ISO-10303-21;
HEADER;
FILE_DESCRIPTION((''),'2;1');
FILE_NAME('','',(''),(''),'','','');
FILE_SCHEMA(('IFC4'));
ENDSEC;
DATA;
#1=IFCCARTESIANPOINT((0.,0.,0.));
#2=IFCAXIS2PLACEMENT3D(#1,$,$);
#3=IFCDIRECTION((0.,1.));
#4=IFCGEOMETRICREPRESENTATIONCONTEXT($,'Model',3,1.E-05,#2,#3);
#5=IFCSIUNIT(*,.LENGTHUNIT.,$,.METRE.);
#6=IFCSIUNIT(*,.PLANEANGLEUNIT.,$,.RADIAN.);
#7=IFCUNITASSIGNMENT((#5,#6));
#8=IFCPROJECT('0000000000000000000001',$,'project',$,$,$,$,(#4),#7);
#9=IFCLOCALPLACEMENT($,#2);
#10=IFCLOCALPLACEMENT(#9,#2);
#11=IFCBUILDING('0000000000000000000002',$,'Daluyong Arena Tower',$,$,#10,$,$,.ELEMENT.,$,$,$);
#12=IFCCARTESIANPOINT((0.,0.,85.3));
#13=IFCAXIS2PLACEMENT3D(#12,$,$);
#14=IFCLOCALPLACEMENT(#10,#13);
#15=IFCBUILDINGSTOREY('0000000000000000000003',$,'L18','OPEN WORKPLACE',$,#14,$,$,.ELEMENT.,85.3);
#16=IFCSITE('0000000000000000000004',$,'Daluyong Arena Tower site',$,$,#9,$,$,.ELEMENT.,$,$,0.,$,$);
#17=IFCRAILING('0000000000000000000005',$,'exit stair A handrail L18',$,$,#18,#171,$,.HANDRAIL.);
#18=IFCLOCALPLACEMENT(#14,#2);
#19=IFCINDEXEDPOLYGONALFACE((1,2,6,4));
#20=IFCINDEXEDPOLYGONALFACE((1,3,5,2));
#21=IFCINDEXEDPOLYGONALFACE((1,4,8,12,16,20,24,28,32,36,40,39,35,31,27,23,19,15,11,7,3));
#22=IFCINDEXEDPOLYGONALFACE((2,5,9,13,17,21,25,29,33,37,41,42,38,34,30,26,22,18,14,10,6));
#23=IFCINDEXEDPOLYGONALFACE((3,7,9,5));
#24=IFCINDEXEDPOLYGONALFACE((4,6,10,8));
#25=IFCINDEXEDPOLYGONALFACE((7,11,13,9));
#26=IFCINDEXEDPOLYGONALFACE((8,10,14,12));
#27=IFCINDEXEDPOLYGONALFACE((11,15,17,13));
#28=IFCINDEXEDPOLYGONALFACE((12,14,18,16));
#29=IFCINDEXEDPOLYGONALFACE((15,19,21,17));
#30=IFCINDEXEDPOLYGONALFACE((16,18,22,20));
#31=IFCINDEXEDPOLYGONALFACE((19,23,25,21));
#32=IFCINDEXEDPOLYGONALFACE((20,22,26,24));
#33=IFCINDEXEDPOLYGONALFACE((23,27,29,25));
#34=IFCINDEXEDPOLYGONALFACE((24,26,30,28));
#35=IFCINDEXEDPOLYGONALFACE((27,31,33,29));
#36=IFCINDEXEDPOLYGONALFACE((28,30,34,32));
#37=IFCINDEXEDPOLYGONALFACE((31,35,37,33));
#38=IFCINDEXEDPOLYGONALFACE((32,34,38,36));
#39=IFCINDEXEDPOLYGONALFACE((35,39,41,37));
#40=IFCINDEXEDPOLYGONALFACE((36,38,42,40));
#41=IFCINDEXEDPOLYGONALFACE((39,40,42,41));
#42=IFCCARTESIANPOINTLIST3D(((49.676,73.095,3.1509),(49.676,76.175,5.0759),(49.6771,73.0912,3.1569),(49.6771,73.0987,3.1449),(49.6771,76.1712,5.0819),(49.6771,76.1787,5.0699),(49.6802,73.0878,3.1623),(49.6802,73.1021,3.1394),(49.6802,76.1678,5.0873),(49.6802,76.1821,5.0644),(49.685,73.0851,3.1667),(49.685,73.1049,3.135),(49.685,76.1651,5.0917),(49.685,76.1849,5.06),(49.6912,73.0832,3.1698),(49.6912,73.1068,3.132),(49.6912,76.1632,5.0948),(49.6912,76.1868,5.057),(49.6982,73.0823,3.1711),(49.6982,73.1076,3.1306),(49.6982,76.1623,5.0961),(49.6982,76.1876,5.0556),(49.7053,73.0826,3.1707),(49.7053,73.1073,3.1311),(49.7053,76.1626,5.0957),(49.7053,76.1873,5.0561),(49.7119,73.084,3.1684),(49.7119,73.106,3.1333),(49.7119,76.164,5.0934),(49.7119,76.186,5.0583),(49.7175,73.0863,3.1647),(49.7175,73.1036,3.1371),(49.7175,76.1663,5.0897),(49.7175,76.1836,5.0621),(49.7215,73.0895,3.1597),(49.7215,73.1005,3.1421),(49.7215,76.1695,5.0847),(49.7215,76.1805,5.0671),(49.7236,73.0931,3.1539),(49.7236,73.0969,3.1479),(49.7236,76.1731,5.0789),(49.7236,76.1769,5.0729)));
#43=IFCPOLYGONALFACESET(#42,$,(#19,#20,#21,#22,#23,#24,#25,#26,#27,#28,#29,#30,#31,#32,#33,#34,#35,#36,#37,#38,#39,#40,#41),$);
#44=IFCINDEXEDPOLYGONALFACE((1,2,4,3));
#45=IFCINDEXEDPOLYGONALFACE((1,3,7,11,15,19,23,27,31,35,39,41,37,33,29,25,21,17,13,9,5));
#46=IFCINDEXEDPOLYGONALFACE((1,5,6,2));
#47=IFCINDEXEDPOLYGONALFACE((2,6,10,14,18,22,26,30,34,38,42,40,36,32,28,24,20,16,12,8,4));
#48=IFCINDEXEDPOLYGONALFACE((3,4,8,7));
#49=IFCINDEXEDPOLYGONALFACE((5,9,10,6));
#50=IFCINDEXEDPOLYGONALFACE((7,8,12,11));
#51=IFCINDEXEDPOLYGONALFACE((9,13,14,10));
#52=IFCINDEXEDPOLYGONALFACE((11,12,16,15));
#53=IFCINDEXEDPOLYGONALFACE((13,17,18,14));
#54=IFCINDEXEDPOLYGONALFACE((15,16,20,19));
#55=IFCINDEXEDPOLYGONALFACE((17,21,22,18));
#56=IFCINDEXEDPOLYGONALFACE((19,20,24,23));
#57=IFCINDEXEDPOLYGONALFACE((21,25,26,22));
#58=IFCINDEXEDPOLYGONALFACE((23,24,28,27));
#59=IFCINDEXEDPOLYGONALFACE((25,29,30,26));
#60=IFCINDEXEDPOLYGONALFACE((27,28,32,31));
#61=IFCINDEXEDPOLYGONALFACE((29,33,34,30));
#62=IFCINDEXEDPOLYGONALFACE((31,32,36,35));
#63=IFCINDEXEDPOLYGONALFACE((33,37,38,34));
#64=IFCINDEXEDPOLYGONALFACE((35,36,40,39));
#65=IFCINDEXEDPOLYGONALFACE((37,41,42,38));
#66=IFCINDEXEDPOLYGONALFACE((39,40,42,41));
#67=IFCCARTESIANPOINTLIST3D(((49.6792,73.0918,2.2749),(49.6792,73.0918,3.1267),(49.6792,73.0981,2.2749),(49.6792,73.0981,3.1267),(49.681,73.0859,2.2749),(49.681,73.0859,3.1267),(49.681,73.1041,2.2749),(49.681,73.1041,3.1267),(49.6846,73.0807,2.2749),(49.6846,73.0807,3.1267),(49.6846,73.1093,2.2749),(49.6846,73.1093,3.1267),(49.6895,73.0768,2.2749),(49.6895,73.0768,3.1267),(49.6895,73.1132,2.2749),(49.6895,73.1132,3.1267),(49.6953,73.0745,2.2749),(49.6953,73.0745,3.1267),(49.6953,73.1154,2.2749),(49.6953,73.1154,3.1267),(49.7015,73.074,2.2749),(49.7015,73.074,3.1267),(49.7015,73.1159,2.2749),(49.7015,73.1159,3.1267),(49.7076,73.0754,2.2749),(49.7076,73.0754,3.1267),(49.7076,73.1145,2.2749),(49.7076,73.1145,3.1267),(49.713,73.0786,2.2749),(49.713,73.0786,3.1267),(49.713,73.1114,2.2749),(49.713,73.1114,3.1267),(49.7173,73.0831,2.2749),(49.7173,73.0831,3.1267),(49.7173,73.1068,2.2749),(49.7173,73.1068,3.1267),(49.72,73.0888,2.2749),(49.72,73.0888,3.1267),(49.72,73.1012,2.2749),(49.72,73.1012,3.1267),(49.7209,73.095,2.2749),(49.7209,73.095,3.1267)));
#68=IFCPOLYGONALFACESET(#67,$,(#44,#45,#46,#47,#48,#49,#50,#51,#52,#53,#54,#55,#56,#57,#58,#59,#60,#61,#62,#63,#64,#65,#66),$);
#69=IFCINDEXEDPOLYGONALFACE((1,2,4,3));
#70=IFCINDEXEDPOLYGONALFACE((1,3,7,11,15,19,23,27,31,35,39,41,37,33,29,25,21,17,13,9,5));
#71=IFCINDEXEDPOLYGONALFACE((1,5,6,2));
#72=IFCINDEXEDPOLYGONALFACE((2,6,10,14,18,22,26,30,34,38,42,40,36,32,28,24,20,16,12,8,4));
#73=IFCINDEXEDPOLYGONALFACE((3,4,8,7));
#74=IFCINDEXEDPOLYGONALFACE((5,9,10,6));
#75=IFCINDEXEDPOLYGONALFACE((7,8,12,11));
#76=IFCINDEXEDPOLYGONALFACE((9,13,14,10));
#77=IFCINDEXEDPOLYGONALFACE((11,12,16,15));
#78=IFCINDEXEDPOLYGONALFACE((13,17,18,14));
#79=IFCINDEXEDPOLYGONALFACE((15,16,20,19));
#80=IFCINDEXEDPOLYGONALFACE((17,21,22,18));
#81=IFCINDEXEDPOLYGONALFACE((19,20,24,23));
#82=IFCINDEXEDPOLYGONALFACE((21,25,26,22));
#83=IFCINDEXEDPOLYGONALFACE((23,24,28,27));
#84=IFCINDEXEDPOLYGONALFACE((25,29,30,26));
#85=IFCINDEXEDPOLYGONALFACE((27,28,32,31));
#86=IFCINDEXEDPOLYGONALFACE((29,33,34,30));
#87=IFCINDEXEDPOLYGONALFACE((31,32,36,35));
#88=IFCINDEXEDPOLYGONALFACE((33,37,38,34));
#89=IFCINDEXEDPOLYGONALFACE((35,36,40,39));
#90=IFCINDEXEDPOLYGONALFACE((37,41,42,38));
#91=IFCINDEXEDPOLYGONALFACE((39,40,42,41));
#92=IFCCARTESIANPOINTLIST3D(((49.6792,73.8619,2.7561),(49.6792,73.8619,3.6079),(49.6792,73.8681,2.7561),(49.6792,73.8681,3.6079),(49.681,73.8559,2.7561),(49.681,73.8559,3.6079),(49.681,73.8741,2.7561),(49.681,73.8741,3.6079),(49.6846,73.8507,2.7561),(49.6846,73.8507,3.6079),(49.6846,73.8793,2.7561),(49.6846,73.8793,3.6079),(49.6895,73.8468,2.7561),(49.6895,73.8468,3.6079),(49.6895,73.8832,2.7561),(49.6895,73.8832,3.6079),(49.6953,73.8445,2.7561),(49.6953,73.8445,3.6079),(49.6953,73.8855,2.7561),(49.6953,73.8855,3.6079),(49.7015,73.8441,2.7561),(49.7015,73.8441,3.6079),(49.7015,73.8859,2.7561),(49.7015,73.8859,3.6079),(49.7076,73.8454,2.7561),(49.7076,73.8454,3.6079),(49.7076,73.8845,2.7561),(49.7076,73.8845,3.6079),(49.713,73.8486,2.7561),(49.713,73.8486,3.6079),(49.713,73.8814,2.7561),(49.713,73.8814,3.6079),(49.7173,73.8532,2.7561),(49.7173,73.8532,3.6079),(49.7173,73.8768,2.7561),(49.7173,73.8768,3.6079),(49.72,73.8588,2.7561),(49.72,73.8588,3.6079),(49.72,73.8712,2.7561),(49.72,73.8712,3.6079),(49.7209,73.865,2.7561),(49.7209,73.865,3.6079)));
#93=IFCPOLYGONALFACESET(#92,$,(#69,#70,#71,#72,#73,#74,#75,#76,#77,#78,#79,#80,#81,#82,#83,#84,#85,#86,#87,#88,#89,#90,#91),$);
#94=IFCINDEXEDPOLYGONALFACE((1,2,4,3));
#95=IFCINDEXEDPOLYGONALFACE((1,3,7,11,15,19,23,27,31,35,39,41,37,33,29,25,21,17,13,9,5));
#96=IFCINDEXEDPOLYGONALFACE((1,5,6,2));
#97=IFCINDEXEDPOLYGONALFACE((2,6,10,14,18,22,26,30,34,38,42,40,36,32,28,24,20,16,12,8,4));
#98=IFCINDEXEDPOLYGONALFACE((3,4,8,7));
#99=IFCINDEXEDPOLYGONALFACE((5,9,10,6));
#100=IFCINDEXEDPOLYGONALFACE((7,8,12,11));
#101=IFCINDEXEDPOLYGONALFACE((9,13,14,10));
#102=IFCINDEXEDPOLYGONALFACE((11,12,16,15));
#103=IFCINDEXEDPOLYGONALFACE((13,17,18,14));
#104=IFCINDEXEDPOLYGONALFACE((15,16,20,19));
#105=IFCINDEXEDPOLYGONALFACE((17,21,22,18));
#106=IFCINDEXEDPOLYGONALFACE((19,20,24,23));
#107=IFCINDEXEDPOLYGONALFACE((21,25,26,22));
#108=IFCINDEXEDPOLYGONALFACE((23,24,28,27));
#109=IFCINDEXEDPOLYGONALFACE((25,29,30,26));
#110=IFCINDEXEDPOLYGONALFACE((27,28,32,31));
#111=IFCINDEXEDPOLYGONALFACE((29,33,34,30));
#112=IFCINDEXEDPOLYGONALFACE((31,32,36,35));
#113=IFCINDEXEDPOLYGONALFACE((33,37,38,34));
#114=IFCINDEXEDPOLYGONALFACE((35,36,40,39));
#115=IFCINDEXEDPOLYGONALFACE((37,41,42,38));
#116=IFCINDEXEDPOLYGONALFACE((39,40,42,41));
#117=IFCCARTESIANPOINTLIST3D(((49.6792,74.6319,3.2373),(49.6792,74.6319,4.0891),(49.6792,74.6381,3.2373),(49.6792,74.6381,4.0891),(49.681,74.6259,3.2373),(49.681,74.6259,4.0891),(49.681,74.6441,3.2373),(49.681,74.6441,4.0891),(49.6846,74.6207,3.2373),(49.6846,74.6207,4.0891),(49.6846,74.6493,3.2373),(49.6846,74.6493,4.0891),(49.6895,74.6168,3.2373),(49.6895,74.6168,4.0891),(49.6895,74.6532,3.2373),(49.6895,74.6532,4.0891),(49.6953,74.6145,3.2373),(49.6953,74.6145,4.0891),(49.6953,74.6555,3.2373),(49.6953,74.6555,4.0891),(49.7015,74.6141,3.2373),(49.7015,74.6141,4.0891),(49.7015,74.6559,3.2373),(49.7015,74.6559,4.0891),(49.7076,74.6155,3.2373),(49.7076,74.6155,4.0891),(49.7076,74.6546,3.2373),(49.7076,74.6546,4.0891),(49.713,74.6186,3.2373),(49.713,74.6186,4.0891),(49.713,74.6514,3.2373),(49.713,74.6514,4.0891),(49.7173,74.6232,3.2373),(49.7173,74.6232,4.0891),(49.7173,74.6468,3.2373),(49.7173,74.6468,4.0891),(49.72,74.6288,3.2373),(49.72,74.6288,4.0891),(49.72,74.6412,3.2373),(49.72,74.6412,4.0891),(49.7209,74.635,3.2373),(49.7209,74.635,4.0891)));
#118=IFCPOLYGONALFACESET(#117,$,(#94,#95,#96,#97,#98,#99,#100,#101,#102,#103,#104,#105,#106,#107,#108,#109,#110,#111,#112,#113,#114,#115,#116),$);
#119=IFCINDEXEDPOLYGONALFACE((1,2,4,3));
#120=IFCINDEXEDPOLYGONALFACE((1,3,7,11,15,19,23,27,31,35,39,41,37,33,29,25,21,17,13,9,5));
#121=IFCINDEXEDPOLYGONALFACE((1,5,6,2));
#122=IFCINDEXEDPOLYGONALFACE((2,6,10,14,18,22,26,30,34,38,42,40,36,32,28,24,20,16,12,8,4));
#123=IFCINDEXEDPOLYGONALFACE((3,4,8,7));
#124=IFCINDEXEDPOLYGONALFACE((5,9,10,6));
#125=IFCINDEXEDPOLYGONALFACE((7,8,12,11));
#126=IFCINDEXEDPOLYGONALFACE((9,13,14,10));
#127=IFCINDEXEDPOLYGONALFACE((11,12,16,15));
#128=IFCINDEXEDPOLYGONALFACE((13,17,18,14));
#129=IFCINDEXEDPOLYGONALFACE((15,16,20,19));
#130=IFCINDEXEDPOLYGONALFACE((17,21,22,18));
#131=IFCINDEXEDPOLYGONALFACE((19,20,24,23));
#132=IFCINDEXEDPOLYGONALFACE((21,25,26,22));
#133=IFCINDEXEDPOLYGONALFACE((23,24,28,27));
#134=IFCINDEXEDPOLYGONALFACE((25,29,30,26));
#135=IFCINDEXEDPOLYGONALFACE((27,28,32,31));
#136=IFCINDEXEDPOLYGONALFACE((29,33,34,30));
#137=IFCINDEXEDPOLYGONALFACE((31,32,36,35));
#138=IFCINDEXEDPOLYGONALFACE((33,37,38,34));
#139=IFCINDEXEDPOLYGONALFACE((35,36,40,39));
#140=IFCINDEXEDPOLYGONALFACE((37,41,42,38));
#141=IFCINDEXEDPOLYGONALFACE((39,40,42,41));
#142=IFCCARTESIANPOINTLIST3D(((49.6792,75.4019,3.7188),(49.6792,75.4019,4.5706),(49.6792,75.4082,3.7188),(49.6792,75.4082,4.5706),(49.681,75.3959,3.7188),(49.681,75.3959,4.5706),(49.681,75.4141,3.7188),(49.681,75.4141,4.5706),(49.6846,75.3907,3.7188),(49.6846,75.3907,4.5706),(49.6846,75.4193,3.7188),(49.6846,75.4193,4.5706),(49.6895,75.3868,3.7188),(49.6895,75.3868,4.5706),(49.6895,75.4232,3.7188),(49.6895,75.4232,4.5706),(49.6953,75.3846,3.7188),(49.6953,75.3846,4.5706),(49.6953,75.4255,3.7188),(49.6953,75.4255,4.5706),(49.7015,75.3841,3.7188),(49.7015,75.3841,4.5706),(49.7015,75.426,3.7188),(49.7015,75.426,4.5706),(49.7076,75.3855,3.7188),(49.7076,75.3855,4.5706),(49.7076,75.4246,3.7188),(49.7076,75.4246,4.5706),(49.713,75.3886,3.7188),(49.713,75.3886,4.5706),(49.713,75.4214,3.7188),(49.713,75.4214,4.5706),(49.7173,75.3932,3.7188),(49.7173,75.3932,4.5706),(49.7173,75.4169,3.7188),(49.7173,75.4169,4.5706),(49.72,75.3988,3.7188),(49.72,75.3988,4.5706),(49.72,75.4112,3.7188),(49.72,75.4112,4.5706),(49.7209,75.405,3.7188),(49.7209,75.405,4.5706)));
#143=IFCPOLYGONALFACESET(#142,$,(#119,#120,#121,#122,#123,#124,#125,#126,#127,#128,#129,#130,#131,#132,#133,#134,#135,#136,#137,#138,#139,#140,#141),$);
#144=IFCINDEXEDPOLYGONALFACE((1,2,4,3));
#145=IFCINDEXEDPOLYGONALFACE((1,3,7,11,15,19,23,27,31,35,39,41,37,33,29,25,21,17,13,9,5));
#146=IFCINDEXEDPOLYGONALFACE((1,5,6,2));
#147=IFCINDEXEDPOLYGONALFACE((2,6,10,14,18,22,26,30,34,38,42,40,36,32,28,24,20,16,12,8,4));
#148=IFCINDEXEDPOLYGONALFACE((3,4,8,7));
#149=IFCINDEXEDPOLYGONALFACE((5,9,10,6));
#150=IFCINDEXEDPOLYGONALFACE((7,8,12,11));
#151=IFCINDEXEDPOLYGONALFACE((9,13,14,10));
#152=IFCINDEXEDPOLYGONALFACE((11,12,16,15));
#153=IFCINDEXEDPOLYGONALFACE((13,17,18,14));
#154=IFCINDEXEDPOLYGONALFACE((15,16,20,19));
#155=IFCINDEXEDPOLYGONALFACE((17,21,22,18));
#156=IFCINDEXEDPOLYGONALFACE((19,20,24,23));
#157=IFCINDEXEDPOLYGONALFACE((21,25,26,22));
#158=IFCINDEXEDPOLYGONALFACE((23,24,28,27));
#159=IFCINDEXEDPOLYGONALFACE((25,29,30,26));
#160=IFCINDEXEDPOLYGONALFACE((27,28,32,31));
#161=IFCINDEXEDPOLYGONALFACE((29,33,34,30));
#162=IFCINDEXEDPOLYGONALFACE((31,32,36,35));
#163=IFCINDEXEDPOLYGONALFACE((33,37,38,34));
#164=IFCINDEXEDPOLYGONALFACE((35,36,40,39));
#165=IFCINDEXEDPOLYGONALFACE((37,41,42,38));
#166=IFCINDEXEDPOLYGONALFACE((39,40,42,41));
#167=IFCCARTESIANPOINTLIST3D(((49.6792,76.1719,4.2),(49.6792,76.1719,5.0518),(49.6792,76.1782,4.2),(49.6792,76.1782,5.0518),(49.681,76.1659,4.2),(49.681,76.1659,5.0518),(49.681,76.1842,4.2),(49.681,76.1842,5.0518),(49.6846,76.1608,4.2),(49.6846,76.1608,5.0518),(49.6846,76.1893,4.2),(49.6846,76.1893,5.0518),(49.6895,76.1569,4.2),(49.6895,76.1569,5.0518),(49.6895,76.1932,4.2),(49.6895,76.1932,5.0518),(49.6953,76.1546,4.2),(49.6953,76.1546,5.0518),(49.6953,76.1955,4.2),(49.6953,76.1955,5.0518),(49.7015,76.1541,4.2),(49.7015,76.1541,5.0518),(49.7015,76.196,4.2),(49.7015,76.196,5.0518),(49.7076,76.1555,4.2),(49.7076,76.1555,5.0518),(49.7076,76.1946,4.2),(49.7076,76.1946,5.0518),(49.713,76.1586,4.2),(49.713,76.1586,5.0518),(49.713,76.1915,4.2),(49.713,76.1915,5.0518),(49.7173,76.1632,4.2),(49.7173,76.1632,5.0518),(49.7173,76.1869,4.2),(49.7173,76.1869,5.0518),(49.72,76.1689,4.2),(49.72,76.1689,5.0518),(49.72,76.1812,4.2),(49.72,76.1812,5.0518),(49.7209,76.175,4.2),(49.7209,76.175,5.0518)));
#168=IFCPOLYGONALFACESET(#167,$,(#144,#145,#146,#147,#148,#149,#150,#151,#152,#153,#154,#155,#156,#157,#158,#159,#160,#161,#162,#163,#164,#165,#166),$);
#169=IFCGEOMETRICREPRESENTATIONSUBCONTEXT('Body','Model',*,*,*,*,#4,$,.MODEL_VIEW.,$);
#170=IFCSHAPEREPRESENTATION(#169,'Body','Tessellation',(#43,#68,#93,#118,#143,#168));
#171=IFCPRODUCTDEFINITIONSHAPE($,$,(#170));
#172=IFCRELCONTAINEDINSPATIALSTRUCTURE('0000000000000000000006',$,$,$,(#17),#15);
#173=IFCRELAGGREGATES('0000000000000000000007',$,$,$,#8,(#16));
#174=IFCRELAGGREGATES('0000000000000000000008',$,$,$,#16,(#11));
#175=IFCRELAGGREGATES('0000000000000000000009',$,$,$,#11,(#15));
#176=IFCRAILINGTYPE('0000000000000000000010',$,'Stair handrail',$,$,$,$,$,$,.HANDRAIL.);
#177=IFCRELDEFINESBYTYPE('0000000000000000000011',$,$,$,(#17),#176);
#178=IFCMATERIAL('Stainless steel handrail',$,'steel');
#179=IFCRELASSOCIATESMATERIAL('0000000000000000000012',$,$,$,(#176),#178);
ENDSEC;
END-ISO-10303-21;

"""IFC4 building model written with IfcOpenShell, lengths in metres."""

from ifc_helpers import new_model, si_unit, direction, frame, origin, origin_2d, place, context, subcontext, project, spatial, circle, extrude, material, type_object, element, save


model = new_model("IFC4")

# Units and contexts
model_context = context("Model", 3, precision=1e-05, world=origin(), true_north=direction((0.0, 1.0)))
body_context = subcontext(model_context, "Body", "Model", "MODEL_VIEW")
ifc_project = project(units=[si_unit("LENGTHUNIT", "METRE"), si_unit("PLANEANGLEUNIT", "RADIAN")], contexts=[model_context])

# Site, building, storey
site_placement = place(None, origin())
site = spatial("IfcSite", under=ifc_project, at=site_placement, Name="Daluyong Arena Tower site", CompositionType="ELEMENT", RefElevation=0.0)
building_placement = place(site_placement, origin())
building = spatial("IfcBuilding", under=site, at=building_placement, Name="Daluyong Arena Tower", CompositionType="ELEMENT")
storey_placement = place(building_placement, frame((0.0, 0.0, 85.3)))
storey = spatial("IfcBuildingStorey", under=building, at=storey_placement, Name="L18", Description="OPEN WORKPLACE", CompositionType="ELEMENT", Elevation=85.3)

# Railing
ifc_material_1 = material(Name="Stainless steel handrail", Category="steel")
railing_type_1 = type_object("IfcRailingType", Name="Stair handrail", PredefinedType="HANDRAIL", material=ifc_material_1)
railing_1_placement = place(storey_placement, frame((49.7, 73.095, 2.2749)))
element("IfcRailing", 1, at=railing_1_placement, inside=storey, type_object=railing_type_1, Name="exit stair A handrail L18", PredefinedType="HANDRAIL", context=body_context, shape_type="SweptSolid", body=[
    extrude(circle(Radius=0.0239, at=origin_2d()), frame((0.0, 0.0, 0.876), z_axis=(0.0, 0.847998, 0.529999), x_axis=(-1.0, 0.0, 0.0)), (0.0, 0.0, 1.0), 3.6321),
    extrude(circle(Radius=0.021, at=origin_2d()), origin(), (0.0, 0.0, 1.0), 0.8518),
    extrude(circle(Radius=0.021, at=origin_2d()), frame((0.0, 0.77, 0.4812)), (0.0, 0.0, 1.0), 0.8518),
    extrude(circle(Radius=0.021, at=origin_2d()), frame((0.0, 1.54, 0.9624)), (0.0, 0.0, 1.0), 0.8518),
    extrude(circle(Radius=0.021, at=origin_2d()), frame((0.0, 2.3101, 1.4438)), (0.0, 0.0, 1.0), 0.8518),
    extrude(circle(Radius=0.021, at=origin_2d()), frame((0.0, 3.0801, 1.925)), (0.0, 0.0, 1.0), 0.8518),
])

save(model, "model.ifc")
